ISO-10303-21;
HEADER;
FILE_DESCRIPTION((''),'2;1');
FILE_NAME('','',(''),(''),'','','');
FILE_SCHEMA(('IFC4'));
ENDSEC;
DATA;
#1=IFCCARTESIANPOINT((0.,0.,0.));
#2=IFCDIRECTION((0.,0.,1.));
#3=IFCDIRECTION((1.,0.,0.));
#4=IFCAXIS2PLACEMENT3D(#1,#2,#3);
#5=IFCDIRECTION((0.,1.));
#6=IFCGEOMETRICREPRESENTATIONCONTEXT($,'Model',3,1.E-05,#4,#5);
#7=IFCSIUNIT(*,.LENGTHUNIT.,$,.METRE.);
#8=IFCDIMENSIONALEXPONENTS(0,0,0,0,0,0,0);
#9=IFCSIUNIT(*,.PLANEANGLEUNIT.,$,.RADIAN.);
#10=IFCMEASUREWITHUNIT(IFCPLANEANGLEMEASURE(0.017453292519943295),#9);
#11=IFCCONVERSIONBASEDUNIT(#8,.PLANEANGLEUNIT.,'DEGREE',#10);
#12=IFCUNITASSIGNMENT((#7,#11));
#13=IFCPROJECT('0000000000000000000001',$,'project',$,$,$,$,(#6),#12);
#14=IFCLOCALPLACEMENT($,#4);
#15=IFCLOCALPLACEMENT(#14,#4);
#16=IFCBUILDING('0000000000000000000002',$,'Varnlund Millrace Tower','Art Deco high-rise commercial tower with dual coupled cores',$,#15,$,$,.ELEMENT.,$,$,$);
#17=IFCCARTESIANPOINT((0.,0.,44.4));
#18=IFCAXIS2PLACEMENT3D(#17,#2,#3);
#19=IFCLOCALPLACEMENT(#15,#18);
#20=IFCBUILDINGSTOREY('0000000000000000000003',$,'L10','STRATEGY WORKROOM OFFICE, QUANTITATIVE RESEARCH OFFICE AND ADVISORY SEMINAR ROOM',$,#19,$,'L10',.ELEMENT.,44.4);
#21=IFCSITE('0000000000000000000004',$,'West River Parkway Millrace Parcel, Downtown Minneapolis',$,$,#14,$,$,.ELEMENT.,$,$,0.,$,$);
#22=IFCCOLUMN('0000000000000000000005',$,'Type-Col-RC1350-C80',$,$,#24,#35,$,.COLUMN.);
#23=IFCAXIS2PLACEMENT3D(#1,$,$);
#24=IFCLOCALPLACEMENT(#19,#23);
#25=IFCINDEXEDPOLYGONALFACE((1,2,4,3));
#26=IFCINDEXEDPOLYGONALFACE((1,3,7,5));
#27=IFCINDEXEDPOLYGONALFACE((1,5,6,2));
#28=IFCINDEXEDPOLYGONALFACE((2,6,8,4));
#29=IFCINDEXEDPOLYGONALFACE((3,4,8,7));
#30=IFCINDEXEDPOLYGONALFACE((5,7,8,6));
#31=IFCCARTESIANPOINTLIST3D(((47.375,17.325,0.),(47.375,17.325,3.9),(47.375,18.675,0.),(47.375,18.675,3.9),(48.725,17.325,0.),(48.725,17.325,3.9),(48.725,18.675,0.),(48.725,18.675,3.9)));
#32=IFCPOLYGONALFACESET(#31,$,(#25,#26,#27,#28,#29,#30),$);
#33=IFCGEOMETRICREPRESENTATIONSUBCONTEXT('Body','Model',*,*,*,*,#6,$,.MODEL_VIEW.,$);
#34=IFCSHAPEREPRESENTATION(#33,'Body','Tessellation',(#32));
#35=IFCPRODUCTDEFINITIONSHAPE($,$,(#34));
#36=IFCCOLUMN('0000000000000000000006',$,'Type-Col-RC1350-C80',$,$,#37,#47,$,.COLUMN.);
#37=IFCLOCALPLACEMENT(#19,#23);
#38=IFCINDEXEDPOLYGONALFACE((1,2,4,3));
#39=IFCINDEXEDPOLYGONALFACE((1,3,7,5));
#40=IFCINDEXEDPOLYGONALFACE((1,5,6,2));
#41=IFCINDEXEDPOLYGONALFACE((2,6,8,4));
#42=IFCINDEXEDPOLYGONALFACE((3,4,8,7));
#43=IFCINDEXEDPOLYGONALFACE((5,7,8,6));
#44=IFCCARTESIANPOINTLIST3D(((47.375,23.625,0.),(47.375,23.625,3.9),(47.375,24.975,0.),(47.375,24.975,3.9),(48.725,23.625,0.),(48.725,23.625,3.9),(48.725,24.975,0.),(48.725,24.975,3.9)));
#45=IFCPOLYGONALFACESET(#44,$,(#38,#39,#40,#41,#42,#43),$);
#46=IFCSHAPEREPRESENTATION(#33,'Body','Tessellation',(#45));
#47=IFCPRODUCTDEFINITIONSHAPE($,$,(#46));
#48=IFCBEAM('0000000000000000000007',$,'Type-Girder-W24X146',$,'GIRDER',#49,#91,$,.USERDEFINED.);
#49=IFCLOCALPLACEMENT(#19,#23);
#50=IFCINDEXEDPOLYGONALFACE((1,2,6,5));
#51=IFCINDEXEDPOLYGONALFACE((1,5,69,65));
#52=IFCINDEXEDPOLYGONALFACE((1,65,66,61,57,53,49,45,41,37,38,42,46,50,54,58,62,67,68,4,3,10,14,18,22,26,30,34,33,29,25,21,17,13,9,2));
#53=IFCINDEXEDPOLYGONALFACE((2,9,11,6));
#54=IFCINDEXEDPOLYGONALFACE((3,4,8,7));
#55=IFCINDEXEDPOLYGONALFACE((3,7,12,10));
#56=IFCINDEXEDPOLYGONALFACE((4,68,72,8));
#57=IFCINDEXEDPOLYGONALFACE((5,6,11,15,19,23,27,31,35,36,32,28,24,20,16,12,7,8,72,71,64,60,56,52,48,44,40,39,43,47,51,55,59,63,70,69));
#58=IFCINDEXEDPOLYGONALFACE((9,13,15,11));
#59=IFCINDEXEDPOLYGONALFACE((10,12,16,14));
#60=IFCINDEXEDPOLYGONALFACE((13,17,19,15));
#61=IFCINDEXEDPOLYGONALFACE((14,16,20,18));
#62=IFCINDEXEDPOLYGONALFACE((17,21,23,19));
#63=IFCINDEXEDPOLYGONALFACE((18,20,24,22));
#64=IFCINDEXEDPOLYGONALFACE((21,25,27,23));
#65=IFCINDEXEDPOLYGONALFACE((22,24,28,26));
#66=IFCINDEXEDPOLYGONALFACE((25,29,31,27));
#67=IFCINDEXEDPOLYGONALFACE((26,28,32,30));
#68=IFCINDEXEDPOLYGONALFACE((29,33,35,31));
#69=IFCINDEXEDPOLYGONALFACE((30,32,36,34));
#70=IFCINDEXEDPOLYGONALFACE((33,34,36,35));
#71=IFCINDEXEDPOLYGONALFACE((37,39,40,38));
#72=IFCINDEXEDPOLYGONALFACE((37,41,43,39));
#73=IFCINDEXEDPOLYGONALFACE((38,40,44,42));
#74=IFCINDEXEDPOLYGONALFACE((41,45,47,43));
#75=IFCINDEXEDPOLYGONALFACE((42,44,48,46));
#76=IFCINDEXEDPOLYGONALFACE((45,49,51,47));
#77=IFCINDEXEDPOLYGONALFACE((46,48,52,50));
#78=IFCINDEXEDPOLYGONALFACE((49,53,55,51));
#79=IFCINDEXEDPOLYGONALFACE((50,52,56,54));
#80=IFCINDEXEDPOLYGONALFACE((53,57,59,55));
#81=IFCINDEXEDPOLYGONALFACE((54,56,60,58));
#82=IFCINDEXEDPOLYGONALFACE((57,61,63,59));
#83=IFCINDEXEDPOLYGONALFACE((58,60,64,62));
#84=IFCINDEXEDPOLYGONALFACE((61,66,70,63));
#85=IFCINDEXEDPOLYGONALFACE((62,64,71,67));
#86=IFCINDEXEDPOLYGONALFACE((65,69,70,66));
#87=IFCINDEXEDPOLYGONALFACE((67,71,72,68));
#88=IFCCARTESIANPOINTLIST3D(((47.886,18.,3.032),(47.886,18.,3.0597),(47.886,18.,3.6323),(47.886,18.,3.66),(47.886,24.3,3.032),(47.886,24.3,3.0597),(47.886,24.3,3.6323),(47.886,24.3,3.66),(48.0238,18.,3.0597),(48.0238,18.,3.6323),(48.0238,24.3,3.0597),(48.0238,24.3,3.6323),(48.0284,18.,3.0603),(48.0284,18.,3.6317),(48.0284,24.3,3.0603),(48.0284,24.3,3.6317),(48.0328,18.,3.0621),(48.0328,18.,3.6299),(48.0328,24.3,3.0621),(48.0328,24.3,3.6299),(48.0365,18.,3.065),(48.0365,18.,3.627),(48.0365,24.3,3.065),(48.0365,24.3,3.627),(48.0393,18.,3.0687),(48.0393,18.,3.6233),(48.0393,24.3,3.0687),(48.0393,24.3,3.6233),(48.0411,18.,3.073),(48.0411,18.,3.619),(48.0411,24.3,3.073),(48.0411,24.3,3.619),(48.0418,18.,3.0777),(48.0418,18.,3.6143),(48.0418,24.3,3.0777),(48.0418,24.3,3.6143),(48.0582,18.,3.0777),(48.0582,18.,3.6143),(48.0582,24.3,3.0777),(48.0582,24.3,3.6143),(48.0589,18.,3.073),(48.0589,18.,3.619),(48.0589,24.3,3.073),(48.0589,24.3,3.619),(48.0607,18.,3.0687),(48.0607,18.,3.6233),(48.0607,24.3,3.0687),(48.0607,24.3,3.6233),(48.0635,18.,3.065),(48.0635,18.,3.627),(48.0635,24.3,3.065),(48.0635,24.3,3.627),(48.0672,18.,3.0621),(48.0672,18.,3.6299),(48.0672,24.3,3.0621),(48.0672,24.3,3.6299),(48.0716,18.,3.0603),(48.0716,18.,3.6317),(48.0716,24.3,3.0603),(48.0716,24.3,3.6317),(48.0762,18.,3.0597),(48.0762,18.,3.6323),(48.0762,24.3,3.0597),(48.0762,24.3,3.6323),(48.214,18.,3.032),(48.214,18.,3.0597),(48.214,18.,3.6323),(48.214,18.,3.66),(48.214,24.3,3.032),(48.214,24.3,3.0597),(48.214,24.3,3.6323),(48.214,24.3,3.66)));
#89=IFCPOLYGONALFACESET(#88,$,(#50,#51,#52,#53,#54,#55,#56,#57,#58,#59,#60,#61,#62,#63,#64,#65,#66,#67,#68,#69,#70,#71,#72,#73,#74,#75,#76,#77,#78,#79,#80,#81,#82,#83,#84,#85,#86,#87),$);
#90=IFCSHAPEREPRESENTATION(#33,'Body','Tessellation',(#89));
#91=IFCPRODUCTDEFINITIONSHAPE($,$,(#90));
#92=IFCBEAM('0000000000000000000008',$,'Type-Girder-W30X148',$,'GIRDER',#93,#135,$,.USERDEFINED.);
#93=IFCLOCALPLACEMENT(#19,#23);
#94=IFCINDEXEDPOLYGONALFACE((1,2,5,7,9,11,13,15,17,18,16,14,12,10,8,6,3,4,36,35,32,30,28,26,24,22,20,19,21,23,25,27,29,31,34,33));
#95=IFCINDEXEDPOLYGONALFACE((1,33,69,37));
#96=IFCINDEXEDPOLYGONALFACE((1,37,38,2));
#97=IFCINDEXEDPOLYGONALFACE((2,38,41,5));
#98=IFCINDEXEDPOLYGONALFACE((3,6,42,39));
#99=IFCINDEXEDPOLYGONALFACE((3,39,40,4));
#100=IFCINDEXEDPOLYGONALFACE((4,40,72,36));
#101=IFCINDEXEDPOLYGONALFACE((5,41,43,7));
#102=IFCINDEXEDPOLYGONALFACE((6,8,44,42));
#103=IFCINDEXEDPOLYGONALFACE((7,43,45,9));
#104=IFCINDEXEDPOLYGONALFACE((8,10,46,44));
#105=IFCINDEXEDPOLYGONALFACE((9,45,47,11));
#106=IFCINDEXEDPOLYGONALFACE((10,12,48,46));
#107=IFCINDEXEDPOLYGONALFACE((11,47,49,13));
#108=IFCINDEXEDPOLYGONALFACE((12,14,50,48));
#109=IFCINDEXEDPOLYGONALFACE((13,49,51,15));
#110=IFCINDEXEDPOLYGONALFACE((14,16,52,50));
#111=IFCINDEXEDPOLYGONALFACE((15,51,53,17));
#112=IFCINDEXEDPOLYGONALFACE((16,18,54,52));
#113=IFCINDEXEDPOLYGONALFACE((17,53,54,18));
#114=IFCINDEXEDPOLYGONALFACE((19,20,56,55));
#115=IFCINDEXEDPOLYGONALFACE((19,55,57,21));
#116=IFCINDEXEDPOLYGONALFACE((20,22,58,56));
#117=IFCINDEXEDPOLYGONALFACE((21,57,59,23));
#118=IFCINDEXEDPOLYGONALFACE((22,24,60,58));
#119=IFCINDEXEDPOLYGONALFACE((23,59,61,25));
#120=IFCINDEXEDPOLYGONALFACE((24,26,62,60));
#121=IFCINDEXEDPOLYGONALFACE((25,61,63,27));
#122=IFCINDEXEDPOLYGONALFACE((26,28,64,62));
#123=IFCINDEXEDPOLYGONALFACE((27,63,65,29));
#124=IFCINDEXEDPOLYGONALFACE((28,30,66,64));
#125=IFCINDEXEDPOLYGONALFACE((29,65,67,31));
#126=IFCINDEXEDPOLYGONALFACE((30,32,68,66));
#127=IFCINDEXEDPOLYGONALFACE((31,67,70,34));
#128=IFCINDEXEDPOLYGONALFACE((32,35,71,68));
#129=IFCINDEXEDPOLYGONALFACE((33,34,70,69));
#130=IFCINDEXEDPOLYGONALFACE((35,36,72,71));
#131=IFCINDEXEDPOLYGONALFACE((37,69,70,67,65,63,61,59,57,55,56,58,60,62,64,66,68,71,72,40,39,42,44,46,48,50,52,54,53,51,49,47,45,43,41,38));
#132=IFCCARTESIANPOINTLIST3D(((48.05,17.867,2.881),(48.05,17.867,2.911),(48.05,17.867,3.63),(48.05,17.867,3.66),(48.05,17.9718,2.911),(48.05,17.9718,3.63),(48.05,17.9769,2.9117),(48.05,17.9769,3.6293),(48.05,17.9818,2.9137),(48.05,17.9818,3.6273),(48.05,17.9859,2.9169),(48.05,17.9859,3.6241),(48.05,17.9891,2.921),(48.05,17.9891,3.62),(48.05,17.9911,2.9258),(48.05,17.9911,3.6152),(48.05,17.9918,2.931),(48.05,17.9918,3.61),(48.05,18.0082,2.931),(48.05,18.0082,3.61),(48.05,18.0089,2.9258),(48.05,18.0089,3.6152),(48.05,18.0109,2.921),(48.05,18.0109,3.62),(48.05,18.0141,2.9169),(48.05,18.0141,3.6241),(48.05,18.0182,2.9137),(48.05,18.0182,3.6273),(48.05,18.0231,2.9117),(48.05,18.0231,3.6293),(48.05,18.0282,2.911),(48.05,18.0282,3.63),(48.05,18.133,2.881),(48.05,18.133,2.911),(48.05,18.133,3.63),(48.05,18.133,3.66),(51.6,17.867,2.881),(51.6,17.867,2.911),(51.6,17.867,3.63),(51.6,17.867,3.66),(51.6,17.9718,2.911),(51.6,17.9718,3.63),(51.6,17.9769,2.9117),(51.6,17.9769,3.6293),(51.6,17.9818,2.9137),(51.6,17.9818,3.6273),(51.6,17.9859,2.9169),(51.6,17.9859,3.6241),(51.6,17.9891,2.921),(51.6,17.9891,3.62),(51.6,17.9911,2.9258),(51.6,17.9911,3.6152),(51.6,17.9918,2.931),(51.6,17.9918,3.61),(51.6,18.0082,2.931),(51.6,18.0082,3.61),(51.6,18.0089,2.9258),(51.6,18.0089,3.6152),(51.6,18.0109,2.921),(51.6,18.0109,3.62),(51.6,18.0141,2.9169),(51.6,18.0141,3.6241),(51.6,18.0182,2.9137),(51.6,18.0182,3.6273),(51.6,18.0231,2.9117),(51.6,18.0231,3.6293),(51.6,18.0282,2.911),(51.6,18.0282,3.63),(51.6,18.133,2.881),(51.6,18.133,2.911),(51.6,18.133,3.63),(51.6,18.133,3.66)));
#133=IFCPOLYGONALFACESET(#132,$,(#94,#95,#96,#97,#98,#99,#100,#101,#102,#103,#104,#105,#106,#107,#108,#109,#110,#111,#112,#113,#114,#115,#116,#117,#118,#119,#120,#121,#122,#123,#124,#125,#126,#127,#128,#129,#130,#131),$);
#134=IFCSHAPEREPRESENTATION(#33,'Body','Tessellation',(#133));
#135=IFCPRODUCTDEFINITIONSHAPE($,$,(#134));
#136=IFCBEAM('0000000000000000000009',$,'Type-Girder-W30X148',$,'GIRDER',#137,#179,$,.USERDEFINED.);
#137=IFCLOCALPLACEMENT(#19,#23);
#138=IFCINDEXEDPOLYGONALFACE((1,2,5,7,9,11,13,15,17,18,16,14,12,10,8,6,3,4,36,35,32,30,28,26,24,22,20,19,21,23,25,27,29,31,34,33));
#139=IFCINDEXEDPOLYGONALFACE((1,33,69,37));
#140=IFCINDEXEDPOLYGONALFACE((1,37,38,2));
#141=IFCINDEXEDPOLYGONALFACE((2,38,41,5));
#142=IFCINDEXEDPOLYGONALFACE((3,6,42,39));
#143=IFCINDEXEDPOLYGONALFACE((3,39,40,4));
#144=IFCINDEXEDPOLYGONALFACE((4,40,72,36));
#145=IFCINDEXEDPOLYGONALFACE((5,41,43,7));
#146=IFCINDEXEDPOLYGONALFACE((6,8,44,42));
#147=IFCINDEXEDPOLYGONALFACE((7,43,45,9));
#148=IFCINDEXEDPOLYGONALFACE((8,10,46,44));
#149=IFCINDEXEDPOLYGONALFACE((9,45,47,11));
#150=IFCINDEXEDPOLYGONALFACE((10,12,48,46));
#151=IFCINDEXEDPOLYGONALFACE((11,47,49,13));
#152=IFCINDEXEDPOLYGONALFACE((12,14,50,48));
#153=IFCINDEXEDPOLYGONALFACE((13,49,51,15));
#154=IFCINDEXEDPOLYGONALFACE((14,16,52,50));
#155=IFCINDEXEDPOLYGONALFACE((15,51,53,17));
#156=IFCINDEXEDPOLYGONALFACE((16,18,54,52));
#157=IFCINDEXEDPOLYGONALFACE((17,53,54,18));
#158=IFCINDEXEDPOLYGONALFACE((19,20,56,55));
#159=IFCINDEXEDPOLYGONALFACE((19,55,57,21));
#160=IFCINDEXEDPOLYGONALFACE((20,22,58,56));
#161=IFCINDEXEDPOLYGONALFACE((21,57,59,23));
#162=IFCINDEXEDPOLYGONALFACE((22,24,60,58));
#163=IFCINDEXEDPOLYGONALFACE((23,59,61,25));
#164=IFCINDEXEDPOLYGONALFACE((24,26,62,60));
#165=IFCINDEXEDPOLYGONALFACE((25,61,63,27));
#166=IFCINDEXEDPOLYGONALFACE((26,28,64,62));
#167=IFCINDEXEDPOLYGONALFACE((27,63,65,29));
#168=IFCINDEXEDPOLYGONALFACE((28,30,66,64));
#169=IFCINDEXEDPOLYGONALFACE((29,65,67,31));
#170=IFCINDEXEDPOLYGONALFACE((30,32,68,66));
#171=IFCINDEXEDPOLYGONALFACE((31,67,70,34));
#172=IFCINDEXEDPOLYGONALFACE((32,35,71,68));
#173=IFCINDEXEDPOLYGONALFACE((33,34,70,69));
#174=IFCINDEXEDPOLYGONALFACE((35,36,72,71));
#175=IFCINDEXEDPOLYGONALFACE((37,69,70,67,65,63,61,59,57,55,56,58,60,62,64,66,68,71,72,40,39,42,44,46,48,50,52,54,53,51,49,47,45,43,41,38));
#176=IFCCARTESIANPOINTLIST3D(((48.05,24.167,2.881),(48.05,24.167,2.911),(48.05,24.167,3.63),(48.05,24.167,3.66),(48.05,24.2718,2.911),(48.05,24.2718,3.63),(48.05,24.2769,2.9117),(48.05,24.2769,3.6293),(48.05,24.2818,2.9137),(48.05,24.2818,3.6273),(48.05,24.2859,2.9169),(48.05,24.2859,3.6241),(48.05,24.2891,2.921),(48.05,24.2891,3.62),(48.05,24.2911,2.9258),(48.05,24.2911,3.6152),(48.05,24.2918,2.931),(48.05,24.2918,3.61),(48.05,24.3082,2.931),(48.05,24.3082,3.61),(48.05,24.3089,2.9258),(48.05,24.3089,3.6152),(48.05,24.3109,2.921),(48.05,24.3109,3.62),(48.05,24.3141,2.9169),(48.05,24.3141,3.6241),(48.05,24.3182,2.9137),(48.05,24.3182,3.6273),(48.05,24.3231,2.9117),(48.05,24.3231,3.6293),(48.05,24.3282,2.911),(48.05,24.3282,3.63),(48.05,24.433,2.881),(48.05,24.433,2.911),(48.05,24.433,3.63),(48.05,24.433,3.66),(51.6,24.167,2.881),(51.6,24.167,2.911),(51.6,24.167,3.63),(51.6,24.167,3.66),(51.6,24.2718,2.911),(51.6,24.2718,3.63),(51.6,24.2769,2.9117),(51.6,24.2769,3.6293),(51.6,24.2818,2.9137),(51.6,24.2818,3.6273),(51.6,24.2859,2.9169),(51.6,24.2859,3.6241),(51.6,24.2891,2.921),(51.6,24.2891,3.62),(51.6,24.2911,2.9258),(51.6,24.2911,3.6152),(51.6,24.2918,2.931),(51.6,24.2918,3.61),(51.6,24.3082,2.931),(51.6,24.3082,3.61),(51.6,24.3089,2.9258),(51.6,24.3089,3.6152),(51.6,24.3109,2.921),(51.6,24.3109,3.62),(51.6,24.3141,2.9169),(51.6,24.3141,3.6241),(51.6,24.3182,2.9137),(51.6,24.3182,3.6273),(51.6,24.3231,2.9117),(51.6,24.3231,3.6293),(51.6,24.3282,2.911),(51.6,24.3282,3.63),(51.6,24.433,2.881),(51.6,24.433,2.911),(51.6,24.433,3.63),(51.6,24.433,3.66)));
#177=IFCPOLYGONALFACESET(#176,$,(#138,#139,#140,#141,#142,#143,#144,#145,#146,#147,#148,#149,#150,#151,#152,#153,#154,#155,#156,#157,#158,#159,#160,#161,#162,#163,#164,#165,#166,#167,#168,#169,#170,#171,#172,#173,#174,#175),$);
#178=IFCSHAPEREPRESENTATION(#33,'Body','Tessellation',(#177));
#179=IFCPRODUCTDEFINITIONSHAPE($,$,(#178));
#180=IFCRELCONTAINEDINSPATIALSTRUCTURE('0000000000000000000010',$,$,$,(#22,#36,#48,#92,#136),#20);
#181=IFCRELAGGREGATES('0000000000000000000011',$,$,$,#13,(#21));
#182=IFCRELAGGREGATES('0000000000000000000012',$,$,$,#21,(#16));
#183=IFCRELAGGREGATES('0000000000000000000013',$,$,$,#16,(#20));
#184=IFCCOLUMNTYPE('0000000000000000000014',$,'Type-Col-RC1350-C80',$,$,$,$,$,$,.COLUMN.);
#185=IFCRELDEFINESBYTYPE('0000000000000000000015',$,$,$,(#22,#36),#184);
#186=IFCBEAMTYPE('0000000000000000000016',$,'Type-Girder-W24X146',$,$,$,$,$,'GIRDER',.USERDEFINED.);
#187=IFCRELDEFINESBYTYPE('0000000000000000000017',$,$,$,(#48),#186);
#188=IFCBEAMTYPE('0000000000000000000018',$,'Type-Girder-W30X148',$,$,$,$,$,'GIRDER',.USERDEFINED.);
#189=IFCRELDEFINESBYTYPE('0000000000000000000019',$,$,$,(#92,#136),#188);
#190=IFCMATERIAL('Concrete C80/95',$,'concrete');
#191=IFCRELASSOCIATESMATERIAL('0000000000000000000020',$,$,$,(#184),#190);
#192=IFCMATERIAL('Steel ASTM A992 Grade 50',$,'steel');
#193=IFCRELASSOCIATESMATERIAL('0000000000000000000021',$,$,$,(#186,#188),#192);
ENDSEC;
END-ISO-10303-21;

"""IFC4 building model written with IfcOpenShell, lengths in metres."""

from ifc_helpers import new_model, entity, si_unit, converted_unit, direction, frame, origin_with_axes, origin_2d_with_axis, place, context, subcontext, project, spatial, rectangle, i_section, extrude, material, material_profile, profile_set, type_object, element, save


model = new_model("IFC4")

# Units and contexts
model_context = context("Model", 3, precision=1e-05, world=origin_with_axes(), true_north=direction((0.0, 1.0)))
body_context = subcontext(model_context, "Body", "Model", "MODEL_VIEW")
ifc_project = project(units=[si_unit("LENGTHUNIT", "METRE"), converted_unit("PLANEANGLEUNIT", "DEGREE", entity("IfcPlaneAngleMeasure", 0.017453292519943295), si_unit("PLANEANGLEUNIT", "RADIAN"), dimensions=[0, 0, 0, 0, 0, 0, 0])], contexts=[model_context])

# Site, building, storey
site_placement = place(None, origin_with_axes())
site = spatial("IfcSite", under=ifc_project, at=site_placement, Name="West River Parkway Millrace Parcel, Downtown Minneapolis", CompositionType="ELEMENT", RefElevation=0.0)
building_placement = place(site_placement, origin_with_axes())
building = spatial("IfcBuilding", under=site, at=building_placement, Name="Varnlund Millrace Tower", Description="Art Deco high-rise commercial tower with dual coupled cores", CompositionType="ELEMENT")
storey_placement = place(building_placement, frame((0.0, 0.0, 44.4), z_axis=(0.0, 0.0, 1.0), x_axis=(1.0, 0.0, 0.0)))
storey = spatial("IfcBuildingStorey", under=building, at=storey_placement, Name="L10", Description="STRATEGY WORKROOM OFFICE, QUANTITATIVE RESEARCH OFFICE AND ADVISORY SEMINAR ROOM", LongName="L10", CompositionType="ELEMENT", Elevation=44.4)

# Columns
ifc_material_1 = material(Name="Concrete C80/95", Category="concrete")
ifc_material_profile_1 = material_profile(ifc_material_1, rectangle(XDim=1.35, YDim=1.35, at=origin_2d_with_axis()), Name="Concrete C80/95")
ifc_profile_set_1 = profile_set([ifc_material_profile_1], Name="Concrete C80/95")
column_type = type_object("IfcColumnType", Name="Type-Col-RC1350-C80", PredefinedType="COLUMN", material=ifc_profile_set_1)
for number, where, z_axis, x_axis, name in (
    (1, (48.05, 18.0, 0.0), (0.0, 0.0, 1.0), (1.0, 0.0, 0.0), "Type-Col-RC1350-C80"),
    (2, (48.05, 24.3, 0.0), (0.0, 0.0, 1.0), (1.0, 0.0, 0.0), "Type-Col-RC1350-C80"),
):
    element("IfcColumn", number, at=place(storey_placement, frame(where, z_axis=z_axis, x_axis=x_axis)), inside=storey, type_object=column_type, Name=name, PredefinedType="COLUMN", context=body_context, shape_type="SweptSolid", body=[
        extrude(rectangle(XDim=1.35, YDim=1.35, at=origin_2d_with_axis()), origin_with_axes(), (0.0, 0.0, 1.0), 3.9),
    ])

# Beams
ifc_material_2 = material(Name="Steel ASTM A992 Grade 50", Category="steel")
ifc_material_profile_2 = material_profile(ifc_material_2, i_section(OverallWidth=0.328, OverallDepth=0.628, WebThickness=0.0165, FlangeThickness=0.0277, FilletRadius=0.018, at=origin_2d_with_axis()), Name="Steel ASTM A992 Grade 50")
ifc_profile_set_2 = profile_set([ifc_material_profile_2], Name="Steel ASTM A992 Grade 50")
beam_type_1 = type_object("IfcBeamType", Name="Type-Girder-W24X146", ElementType="GIRDER", PredefinedType="USERDEFINED", material=ifc_profile_set_2)
beam_1_placement = place(storey_placement, frame((48.05, 18.0, 3.346), z_axis=(0.0, 1.0, 0.0), x_axis=(-1.0, 0.0, 0.0)))
element("IfcBeam", 3, at=beam_1_placement, inside=storey, type_object=beam_type_1, Name="Type-Girder-W24X146", ObjectType="GIRDER", PredefinedType="USERDEFINED", context=body_context, shape_type="SweptSolid", body=[
    extrude(i_section(OverallWidth=0.328, OverallDepth=0.628, WebThickness=0.0165, FlangeThickness=0.0277, FilletRadius=0.018, at=origin_2d_with_axis()), origin_with_axes(), (0.0, 0.0, 1.0), 6.3),
])
ifc_material_profile_3 = material_profile(ifc_material_2, i_section(OverallWidth=0.266, OverallDepth=0.779, WebThickness=0.0165, FlangeThickness=0.03, FilletRadius=0.02, at=origin_2d_with_axis()), Name="Steel ASTM A992 Grade 50")
ifc_profile_set_3 = profile_set([ifc_material_profile_3], Name="Steel ASTM A992 Grade 50")
beam_type_2 = type_object("IfcBeamType", Name="Type-Girder-W30X148", ElementType="GIRDER", PredefinedType="USERDEFINED", material=ifc_profile_set_3)
for number, where, z_axis, x_axis, name in (
    (4, (48.05, 18.0, 3.2705), (1.0, 0.0, 0.0), (0.0, 1.0, 0.0), "Type-Girder-W30X148"),
    (5, (48.05, 24.3, 3.2705), (1.0, 0.0, 0.0), (0.0, 1.0, 0.0), "Type-Girder-W30X148"),
):
    element("IfcBeam", number, at=place(storey_placement, frame(where, z_axis=z_axis, x_axis=x_axis)), inside=storey, type_object=beam_type_2, Name=name, ObjectType="GIRDER", PredefinedType="USERDEFINED", context=body_context, shape_type="SweptSolid", body=[
        extrude(i_section(OverallWidth=0.266, OverallDepth=0.779, WebThickness=0.0165, FlangeThickness=0.03, FilletRadius=0.02, at=origin_2d_with_axis()), origin_with_axes(), (0.0, 0.0, 1.0), 3.55),
    ])

save(model, "model.ifc")
